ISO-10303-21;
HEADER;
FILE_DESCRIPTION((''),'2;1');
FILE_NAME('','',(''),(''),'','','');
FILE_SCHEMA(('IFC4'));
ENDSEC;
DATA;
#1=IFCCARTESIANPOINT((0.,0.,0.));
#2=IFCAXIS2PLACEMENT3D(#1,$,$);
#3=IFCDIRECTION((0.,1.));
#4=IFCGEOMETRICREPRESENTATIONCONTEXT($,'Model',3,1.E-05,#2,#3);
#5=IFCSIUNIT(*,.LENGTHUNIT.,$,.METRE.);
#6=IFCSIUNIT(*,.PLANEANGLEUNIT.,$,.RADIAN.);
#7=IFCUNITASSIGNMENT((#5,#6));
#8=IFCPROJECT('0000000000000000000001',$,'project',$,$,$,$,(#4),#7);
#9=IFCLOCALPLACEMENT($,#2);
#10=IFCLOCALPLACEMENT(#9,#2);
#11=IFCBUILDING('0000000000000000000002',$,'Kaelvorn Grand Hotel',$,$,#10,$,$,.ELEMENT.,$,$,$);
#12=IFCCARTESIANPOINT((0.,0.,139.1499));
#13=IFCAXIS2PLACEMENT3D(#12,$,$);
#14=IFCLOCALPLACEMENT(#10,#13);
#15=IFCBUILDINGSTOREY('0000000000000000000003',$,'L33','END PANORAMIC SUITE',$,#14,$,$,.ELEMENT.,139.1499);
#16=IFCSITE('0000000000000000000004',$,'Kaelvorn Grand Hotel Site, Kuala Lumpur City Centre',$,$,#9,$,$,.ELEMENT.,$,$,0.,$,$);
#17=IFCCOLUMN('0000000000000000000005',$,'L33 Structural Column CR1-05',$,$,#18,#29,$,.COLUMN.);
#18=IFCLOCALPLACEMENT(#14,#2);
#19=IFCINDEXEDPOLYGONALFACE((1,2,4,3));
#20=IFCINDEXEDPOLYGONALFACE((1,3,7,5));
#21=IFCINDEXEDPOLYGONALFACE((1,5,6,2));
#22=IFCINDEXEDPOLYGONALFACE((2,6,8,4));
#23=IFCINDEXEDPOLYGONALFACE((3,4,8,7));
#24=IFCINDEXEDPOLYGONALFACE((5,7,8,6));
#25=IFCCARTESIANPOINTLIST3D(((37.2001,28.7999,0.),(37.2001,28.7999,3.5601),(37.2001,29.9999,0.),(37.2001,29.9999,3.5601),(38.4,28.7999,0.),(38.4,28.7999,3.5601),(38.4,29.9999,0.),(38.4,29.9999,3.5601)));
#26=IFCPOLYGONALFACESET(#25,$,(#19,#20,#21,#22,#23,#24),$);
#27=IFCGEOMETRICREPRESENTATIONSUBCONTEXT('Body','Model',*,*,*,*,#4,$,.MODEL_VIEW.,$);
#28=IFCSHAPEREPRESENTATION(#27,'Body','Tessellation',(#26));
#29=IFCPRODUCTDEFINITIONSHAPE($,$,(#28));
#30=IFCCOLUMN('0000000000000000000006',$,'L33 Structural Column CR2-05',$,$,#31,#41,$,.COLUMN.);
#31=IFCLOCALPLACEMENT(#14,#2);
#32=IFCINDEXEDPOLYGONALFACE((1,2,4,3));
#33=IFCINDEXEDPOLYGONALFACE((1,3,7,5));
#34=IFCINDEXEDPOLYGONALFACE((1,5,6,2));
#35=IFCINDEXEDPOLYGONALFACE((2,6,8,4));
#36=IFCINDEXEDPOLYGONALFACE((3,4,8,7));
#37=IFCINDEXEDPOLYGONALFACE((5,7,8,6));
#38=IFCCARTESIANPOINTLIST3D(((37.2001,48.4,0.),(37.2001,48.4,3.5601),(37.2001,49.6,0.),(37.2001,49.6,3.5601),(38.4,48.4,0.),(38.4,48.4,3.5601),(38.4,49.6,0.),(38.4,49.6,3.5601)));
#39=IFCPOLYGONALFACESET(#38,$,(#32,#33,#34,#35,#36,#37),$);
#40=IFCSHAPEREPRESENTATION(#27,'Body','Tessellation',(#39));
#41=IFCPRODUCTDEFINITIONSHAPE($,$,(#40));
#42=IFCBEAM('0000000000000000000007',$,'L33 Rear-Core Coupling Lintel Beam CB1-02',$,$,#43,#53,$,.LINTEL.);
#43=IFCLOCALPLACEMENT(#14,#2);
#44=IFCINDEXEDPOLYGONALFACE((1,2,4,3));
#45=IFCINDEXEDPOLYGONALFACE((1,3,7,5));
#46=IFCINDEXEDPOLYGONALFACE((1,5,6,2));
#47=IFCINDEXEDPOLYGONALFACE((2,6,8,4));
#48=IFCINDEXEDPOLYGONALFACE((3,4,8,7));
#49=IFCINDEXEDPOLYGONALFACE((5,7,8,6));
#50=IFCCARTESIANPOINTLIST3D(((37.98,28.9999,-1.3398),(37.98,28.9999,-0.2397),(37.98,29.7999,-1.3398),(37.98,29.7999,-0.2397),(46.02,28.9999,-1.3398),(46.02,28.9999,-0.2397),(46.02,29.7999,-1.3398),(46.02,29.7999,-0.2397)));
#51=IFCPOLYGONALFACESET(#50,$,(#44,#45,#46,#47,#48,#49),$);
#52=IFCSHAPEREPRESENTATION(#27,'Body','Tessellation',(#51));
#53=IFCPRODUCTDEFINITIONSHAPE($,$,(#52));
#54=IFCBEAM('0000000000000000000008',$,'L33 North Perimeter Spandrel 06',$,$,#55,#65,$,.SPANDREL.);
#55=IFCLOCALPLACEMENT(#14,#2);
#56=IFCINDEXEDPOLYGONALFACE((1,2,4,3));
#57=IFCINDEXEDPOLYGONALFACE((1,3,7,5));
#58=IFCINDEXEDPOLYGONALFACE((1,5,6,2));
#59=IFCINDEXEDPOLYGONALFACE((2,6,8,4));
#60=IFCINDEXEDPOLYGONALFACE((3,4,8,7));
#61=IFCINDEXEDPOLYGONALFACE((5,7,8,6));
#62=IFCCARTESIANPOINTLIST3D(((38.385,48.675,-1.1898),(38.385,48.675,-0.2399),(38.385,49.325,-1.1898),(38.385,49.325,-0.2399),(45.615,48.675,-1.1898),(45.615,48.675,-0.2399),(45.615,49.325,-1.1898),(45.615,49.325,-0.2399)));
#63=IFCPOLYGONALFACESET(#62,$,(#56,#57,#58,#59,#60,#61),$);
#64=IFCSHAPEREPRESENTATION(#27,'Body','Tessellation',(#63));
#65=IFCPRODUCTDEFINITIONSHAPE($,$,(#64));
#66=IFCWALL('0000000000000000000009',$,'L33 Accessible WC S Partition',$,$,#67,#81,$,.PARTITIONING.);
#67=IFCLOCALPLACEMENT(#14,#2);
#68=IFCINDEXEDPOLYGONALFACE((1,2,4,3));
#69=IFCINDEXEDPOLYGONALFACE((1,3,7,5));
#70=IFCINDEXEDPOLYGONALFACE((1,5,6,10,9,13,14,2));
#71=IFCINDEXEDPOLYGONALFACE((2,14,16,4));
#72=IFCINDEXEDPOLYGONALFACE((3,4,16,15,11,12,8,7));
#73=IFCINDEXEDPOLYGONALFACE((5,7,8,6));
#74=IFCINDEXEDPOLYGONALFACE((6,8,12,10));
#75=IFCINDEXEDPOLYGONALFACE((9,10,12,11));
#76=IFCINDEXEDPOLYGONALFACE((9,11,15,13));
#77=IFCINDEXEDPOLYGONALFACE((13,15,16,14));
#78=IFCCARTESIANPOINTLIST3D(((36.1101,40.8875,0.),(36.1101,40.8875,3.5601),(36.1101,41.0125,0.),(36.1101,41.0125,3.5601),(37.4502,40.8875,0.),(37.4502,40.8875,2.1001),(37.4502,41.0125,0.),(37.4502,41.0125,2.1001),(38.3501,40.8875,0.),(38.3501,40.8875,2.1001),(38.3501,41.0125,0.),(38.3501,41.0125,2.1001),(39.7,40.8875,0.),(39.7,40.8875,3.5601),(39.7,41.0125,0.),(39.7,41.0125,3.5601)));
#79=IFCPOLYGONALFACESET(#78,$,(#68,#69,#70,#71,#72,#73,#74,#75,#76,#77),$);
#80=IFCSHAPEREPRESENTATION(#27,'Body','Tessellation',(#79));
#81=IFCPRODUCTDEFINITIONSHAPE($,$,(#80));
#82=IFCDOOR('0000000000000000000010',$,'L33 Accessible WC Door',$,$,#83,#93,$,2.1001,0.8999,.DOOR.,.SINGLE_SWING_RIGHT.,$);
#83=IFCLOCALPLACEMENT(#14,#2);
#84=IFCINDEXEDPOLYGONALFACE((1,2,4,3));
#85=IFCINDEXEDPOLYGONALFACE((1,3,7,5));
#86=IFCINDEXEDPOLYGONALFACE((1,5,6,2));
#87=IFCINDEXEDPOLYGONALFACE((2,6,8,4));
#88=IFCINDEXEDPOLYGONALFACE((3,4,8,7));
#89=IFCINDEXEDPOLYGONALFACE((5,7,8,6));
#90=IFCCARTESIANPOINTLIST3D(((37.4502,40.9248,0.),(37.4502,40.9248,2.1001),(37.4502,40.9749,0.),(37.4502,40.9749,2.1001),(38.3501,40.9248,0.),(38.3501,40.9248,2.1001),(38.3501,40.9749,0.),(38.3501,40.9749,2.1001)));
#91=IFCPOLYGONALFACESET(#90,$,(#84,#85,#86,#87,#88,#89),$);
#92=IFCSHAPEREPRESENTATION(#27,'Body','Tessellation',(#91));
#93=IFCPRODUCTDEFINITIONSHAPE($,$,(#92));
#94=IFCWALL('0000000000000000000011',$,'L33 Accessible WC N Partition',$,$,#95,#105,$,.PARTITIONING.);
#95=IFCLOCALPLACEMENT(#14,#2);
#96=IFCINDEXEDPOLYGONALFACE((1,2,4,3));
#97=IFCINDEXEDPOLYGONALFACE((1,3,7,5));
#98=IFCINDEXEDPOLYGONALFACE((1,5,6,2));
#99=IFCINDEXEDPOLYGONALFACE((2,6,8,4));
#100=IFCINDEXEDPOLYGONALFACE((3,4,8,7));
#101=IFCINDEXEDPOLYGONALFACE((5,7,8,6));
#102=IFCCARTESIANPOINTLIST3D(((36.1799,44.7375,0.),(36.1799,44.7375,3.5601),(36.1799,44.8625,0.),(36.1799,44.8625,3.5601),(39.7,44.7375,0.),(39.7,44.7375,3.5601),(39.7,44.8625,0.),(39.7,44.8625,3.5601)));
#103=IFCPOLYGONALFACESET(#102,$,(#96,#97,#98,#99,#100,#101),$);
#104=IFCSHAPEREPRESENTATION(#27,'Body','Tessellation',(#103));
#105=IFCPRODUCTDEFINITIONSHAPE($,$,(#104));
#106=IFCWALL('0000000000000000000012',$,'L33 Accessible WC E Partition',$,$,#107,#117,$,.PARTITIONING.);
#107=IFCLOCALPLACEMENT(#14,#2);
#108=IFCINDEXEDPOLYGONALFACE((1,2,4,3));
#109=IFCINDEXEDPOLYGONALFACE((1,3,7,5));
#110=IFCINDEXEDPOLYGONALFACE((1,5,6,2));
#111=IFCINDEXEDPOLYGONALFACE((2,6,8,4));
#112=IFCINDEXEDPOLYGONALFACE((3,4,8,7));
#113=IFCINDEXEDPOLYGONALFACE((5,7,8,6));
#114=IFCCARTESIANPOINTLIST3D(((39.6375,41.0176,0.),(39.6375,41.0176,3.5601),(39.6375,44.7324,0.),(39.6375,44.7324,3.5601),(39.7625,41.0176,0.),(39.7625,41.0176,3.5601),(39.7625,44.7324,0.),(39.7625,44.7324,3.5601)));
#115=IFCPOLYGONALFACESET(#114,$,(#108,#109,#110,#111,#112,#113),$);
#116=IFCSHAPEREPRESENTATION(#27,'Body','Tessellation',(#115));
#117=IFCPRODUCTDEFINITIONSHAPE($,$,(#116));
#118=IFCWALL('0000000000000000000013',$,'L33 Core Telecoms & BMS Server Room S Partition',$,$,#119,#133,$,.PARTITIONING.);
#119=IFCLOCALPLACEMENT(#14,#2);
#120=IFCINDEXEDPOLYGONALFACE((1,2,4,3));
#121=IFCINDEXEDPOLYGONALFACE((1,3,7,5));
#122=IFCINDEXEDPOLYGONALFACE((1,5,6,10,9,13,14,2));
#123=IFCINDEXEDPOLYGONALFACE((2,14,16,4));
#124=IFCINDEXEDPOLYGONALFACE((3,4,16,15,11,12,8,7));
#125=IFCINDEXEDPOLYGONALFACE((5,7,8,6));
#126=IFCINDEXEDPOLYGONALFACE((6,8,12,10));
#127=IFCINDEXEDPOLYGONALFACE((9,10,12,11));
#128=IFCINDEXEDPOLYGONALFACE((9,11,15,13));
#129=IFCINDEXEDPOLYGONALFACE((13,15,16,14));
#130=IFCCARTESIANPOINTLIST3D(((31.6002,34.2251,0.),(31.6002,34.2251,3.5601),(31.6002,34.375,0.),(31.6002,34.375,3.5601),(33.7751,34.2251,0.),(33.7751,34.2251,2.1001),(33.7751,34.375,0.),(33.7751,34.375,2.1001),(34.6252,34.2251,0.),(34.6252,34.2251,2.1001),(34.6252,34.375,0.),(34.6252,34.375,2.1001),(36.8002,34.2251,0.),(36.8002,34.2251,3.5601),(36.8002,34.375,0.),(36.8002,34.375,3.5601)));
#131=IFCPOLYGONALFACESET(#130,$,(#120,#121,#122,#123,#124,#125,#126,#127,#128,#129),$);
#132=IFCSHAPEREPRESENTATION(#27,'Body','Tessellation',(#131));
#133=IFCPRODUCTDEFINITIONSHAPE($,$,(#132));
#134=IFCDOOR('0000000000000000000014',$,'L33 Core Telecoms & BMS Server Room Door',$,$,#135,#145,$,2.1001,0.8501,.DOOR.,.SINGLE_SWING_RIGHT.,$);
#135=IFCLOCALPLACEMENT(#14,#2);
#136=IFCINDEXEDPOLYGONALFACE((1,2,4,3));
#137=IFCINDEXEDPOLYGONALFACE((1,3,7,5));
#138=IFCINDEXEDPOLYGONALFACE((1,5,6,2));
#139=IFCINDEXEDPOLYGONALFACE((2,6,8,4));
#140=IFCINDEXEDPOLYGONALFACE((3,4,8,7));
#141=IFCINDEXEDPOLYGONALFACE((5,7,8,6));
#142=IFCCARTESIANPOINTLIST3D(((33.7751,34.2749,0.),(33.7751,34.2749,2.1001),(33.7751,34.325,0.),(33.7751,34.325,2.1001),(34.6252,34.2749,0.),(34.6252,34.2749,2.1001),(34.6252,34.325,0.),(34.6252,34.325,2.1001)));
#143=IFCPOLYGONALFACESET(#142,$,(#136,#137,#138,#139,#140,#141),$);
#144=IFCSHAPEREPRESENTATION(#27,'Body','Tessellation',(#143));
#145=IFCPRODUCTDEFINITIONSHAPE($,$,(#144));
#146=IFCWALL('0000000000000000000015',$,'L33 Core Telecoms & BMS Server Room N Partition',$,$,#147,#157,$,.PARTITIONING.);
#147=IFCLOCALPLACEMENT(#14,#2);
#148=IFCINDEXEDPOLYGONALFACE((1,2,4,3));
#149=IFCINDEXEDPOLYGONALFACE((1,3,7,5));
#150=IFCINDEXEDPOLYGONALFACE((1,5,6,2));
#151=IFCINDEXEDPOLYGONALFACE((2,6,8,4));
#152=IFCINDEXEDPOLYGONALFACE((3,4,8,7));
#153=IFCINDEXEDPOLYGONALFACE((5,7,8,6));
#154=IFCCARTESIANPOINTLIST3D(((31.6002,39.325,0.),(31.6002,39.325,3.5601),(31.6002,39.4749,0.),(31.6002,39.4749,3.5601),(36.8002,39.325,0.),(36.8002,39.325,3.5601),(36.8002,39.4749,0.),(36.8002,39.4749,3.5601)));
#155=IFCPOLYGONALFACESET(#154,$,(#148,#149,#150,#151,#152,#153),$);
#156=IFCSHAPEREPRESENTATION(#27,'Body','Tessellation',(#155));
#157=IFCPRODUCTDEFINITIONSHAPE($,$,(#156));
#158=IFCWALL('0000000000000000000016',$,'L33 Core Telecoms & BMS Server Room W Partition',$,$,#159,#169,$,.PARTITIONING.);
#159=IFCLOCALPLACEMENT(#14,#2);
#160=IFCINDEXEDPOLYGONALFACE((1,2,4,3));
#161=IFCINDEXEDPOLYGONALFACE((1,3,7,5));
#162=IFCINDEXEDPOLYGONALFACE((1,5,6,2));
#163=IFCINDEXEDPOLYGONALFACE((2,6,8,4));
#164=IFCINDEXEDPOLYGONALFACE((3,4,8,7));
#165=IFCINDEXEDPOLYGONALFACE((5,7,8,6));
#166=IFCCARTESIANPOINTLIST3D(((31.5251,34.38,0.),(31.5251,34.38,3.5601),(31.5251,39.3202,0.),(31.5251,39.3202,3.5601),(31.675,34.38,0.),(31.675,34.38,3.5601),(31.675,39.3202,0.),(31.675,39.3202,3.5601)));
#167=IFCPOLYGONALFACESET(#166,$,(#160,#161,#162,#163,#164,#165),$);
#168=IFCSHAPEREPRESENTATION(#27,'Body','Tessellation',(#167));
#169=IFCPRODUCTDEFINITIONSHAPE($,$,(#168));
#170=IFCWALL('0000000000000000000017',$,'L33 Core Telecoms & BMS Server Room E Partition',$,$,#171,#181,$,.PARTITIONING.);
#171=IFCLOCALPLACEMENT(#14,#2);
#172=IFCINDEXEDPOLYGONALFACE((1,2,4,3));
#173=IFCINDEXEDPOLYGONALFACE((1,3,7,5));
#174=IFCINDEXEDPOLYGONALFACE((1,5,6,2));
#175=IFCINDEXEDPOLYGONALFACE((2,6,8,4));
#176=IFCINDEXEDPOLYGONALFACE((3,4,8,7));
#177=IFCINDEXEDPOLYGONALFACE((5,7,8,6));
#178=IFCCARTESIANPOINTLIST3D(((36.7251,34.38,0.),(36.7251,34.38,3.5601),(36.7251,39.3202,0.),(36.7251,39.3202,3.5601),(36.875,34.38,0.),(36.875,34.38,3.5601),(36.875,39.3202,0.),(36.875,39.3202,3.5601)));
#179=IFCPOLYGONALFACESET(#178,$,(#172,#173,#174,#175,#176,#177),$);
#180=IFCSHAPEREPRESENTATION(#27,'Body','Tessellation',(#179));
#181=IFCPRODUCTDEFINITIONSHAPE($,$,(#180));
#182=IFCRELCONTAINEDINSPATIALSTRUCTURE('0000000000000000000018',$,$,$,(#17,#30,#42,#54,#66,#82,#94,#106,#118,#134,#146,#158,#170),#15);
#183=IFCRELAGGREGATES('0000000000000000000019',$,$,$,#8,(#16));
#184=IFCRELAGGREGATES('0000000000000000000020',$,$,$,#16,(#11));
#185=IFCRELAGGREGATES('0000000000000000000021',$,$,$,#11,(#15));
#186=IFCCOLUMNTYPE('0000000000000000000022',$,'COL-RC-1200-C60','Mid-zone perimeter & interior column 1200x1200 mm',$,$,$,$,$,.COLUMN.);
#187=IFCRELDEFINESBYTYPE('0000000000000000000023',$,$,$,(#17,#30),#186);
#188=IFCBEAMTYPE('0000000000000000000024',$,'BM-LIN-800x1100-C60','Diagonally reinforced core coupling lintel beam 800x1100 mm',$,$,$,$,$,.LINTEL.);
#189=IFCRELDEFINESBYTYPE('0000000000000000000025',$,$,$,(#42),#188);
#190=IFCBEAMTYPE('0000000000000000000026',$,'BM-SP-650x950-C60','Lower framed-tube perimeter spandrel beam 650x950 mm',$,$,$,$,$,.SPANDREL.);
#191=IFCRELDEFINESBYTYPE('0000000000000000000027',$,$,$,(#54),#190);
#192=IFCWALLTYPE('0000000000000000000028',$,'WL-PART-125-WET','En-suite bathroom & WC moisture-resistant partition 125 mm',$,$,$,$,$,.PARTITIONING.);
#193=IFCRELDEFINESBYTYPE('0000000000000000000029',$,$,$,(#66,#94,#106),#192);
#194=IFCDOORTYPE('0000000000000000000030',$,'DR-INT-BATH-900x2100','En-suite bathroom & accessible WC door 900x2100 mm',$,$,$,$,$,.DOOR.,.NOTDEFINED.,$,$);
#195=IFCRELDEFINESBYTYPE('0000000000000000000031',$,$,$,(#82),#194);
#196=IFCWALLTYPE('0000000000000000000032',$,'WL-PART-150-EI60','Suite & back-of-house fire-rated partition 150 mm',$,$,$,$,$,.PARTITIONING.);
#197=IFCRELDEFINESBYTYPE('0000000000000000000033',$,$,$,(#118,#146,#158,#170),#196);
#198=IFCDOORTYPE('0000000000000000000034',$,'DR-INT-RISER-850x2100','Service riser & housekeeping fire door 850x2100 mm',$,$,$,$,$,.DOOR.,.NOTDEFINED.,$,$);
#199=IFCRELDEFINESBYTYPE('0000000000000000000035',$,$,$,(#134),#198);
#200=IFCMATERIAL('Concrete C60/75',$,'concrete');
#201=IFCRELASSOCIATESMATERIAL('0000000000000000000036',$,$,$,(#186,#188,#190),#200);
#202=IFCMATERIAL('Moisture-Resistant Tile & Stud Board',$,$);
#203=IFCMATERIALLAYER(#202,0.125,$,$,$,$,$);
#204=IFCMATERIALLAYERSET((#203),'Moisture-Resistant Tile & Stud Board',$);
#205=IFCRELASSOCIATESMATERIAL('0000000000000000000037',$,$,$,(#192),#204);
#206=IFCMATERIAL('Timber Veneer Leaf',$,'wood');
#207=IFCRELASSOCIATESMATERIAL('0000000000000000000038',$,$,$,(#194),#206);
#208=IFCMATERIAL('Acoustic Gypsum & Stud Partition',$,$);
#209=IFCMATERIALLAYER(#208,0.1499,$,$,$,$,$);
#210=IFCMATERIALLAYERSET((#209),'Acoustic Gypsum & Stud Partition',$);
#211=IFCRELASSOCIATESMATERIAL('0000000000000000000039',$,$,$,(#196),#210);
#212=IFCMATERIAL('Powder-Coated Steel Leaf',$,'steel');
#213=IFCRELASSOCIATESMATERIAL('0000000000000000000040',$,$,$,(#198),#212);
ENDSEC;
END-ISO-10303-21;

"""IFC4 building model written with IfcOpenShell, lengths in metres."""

from ifc_helpers import new_model, si_unit, direction, frame, frame_2d, origin, origin_2d, place, context, subcontext, project, spatial, rectangle, extrude, material, layer, layer_set, material_profile, profile_set, type_object, element, fill, save


model = new_model("IFC4")

# Units and contexts
model_context = context("Model", 3, precision=1e-05, world=origin(), true_north=direction((0.0, 1.0)))
body_context = subcontext(model_context, "Body", "Model", "MODEL_VIEW")
ifc_project = project(units=[si_unit("LENGTHUNIT", "METRE"), si_unit("PLANEANGLEUNIT", "RADIAN")], contexts=[model_context])

# Site, building, storey
site_placement = place(None, origin())
site = spatial("IfcSite", under=ifc_project, at=site_placement, Name="Kaelvorn Grand Hotel Site, Kuala Lumpur City Centre", CompositionType="ELEMENT", RefElevation=0.0)
building_placement = place(site_placement, origin())
building = spatial("IfcBuilding", under=site, at=building_placement, Name="Kaelvorn Grand Hotel", CompositionType="ELEMENT")
storey_placement = place(building_placement, frame((0.0, 0.0, 139.1499)))
storey = spatial("IfcBuildingStorey", under=building, at=storey_placement, Name="L33", Description="END PANORAMIC SUITE", CompositionType="ELEMENT", Elevation=139.1499)

# Columns
ifc_material_1 = material(Name="Concrete C60/75", Category="concrete")
ifc_material_profile_1 = material_profile(ifc_material_1, rectangle(XDim=1.2, YDim=1.2, at=origin_2d()), Name="RC COL 1200x1200")
ifc_profile_set_1 = profile_set([ifc_material_profile_1], Name="Concrete C60/75")
column_type = type_object("IfcColumnType", Name="COL-RC-1200-C60", Description="Mid-zone perimeter & interior column 1200x1200 mm", PredefinedType="COLUMN", material=ifc_profile_set_1)
for number, where, z_axis, x_axis, name in (
    (1, (37.8, 29.3999, 0.0), (0.0, 0.0, 1.0), (1.0, 0.0, 0.0), "L33 Structural Column CR1-05"),
    (2, (37.8, 49.0, 0.0), (0.0, 0.0, 1.0), (1.0, 0.0, 0.0), "L33 Structural Column CR2-05"),
):
    element("IfcColumn", number, at=place(storey_placement, frame(where, z_axis=z_axis, x_axis=x_axis)), inside=storey, type_object=column_type, Name=name, PredefinedType="COLUMN", context=body_context, shape_type="SweptSolid", body=[
        extrude(rectangle(XDim=1.2, YDim=1.2, at=origin_2d()), origin(), (0.0, 0.0, 1.0), 3.5601),
    ])

# Beams
ifc_material_profile_2 = material_profile(ifc_material_1, rectangle(XDim=0.8, YDim=1.1001, at=origin_2d()), Name="RC LINTEL 800x1100")
ifc_profile_set_2 = profile_set([ifc_material_profile_2], Name="Concrete C60/75")
beam_type_1 = type_object("IfcBeamType", Name="BM-LIN-800x1100-C60", Description="Diagonally reinforced core coupling lintel beam 800x1100 mm", PredefinedType="LINTEL", material=ifc_profile_set_2)
beam_1_placement = place(storey_placement, frame((37.98, 29.3999, -0.7898), z_axis=(1.0, 0.0, 0.0), x_axis=(0.0, 1.0, 0.0)))
element("IfcBeam", 3, at=beam_1_placement, inside=storey, type_object=beam_type_1, Name="L33 Rear-Core Coupling Lintel Beam CB1-02", PredefinedType="LINTEL", context=body_context, shape_type="SweptSolid", body=[
    extrude(rectangle(XDim=0.8, YDim=1.1001, at=origin_2d()), origin(), (0.0, 0.0, 1.0), 8.04),
])
ifc_material_profile_3 = material_profile(ifc_material_1, rectangle(XDim=0.6499, YDim=0.95, at=origin_2d()), Name="RC SPANDREL 650x950")
ifc_profile_set_3 = profile_set([ifc_material_profile_3], Name="Concrete C60/75")
beam_type_2 = type_object("IfcBeamType", Name="BM-SP-650x950-C60", Description="Lower framed-tube perimeter spandrel beam 650x950 mm", PredefinedType="SPANDREL", material=ifc_profile_set_3)
beam_2_placement = place(storey_placement, frame((38.385, 49.0, -0.7148), z_axis=(1.0, 0.0, 0.0), x_axis=(0.0, 1.0, 0.0)))
element("IfcBeam", 4, at=beam_2_placement, inside=storey, type_object=beam_type_2, Name="L33 North Perimeter Spandrel 06", PredefinedType="SPANDREL", context=body_context, shape_type="SweptSolid", body=[
    extrude(rectangle(XDim=0.6499, YDim=0.95, at=origin_2d()), origin(), (0.0, 0.0, 1.0), 7.23),
])

# Wall, opening, door
ifc_material_2 = material(Name="Moisture-Resistant Tile & Stud Board")
ifc_layer_1 = layer(ifc_material_2, 0.125)
ifc_layer_set_1 = layer_set([ifc_layer_1], Name="Moisture-Resistant Tile & Stud Board")
wall_type_1 = type_object("IfcWallType", Name="WL-PART-125-WET", Description="En-suite bathroom & WC moisture-resistant partition 125 mm", PredefinedType="PARTITIONING", material=ifc_layer_set_1)
wall_1_placement = place(storey_placement, frame((36.1101, 40.95, 0.0), z_axis=(0.0, 0.0, 1.0), x_axis=(1.0, 0.0, 0.0)))
wall_1 = element("IfcWall", 5, at=wall_1_placement, inside=storey, type_object=wall_type_1, Name="L33 Accessible WC S Partition", PredefinedType="PARTITIONING", context=body_context, shape_type="SweptSolid", body=[
    extrude(rectangle(XDim=3.5898, YDim=0.125, at=frame_2d((1.7949, 0.0))), origin(), (0.0, 0.0, 1.0), 3.5601),
])
opening_1_placement = place(wall_1_placement, frame((1.3401, 0.0, 0.0)))
opening_1 = element("IfcOpeningElement", 6, at=opening_1_placement, cuts=wall_1, PredefinedType="OPENING", context=body_context, shape_type="SweptSolid", body=[
    extrude(rectangle(XDim=0.8999, YDim=2.1001, at=frame_2d((0.45, 1.05))), frame((0.0, 0.0725, 0.0), z_axis=(0.0, -1.0, 0.0), x_axis=(1.0, 0.0, 0.0)), (0.0, 0.0, 1.0), 0.145),
])
ifc_material_3 = material(Name="Timber Veneer Leaf", Category="wood")
door_type_1 = type_object("IfcDoorType", Name="DR-INT-BATH-900x2100", Description="En-suite bathroom & accessible WC door 900x2100 mm", OperationType="NOTDEFINED", PredefinedType="DOOR", material=ifc_material_3)
door_1_placement = place(opening_1_placement, origin())
door_1 = element("IfcDoor", 7, at=door_1_placement, inside=storey, type_object=door_type_1, Name="L33 Accessible WC Door", OperationType="SINGLE_SWING_RIGHT", OverallHeight=2.1001, OverallWidth=0.8999, PredefinedType="DOOR", context=body_context, shape_type="SweptSolid", body=[
    extrude(rectangle(XDim=0.8999, YDim=2.1001, at=frame_2d((0.45, 1.05))), frame((0.0, 0.0249, 0.0), z_axis=(0.0, -1.0, 0.0), x_axis=(1.0, 0.0, 0.0)), (0.0, 0.0, 1.0), 0.05),
])
fill(opening_1, door_1)

# Walls
wall_2_placement = place(storey_placement, frame((36.1799, 44.8, 0.0), z_axis=(0.0, 0.0, 1.0), x_axis=(1.0, 0.0, 0.0)))
element("IfcWall", 8, at=wall_2_placement, inside=storey, type_object=wall_type_1, Name="L33 Accessible WC N Partition", PredefinedType="PARTITIONING", context=body_context, shape_type="SweptSolid", body=[
    extrude(rectangle(XDim=3.52, YDim=0.125, at=frame_2d((1.76, 0.0))), origin(), (0.0, 0.0, 1.0), 3.5601),
])
wall_3_placement = place(storey_placement, frame((39.7, 41.0176, 0.0), z_axis=(0.0, 0.0, 1.0), x_axis=(0.0, 1.0, 0.0)))
element("IfcWall", 9, at=wall_3_placement, inside=storey, type_object=wall_type_1, Name="L33 Accessible WC E Partition", PredefinedType="PARTITIONING", context=body_context, shape_type="SweptSolid", body=[
    extrude(rectangle(XDim=3.7148, YDim=0.125, at=frame_2d((1.8574, 0.0))), origin(), (0.0, 0.0, 1.0), 3.5601),
])

# Wall, opening, door
ifc_material_4 = material(Name="Acoustic Gypsum & Stud Partition")
ifc_layer_2 = layer(ifc_material_4, 0.1499)
ifc_layer_set_2 = layer_set([ifc_layer_2], Name="Acoustic Gypsum & Stud Partition")
wall_type_2 = type_object("IfcWallType", Name="WL-PART-150-EI60", Description="Suite & back-of-house fire-rated partition 150 mm", PredefinedType="PARTITIONING", material=ifc_layer_set_2)
wall_4_placement = place(storey_placement, frame((31.6001, 34.3, 0.0), z_axis=(0.0, 0.0, 1.0), x_axis=(1.0, 0.0, 0.0)))
wall_4 = element("IfcWall", 10, at=wall_4_placement, inside=storey, type_object=wall_type_2, Name="L33 Core Telecoms & BMS Server Room S Partition", PredefinedType="PARTITIONING", context=body_context, shape_type="SweptSolid", body=[
    extrude(rectangle(XDim=5.2, YDim=0.1499, at=frame_2d((2.6001, 0.0))), origin(), (0.0, 0.0, 1.0), 3.5601),
])
opening_2_placement = place(wall_4_placement, frame((2.175, 0.0, 0.0)))
opening_2 = element("IfcOpeningElement", 11, at=opening_2_placement, cuts=wall_4, PredefinedType="OPENING", context=body_context, shape_type="SweptSolid", body=[
    extrude(rectangle(XDim=0.8501, YDim=2.1001, at=frame_2d((0.425, 1.05))), frame((0.0, 0.085, 0.0), z_axis=(0.0, -1.0, 0.0), x_axis=(1.0, 0.0, 0.0)), (0.0, 0.0, 1.0), 0.1699),
])
ifc_material_5 = material(Name="Powder-Coated Steel Leaf", Category="steel")
door_type_2 = type_object("IfcDoorType", Name="DR-INT-RISER-850x2100", Description="Service riser & housekeeping fire door 850x2100 mm", OperationType="NOTDEFINED", PredefinedType="DOOR", material=ifc_material_5)
door_2_placement = place(opening_2_placement, origin())
door_2 = element("IfcDoor", 12, at=door_2_placement, inside=storey, type_object=door_type_2, Name="L33 Core Telecoms & BMS Server Room Door", OperationType="SINGLE_SWING_RIGHT", OverallHeight=2.1001, OverallWidth=0.8501, PredefinedType="DOOR", context=body_context, shape_type="SweptSolid", body=[
    extrude(rectangle(XDim=0.8501, YDim=2.1001, at=frame_2d((0.425, 1.05))), frame((0.0, 0.0249, 0.0), z_axis=(0.0, -1.0, 0.0), x_axis=(1.0, 0.0, 0.0)), (0.0, 0.0, 1.0), 0.05),
])
fill(opening_2, door_2)

# Walls
wall_5_placement = place(storey_placement, frame((31.6001, 39.3999, 0.0), z_axis=(0.0, 0.0, 1.0), x_axis=(1.0, 0.0, 0.0)))
element("IfcWall", 13, at=wall_5_placement, inside=storey, type_object=wall_type_2, Name="L33 Core Telecoms & BMS Server Room N Partition", PredefinedType="PARTITIONING", context=body_context, shape_type="SweptSolid", body=[
    extrude(rectangle(XDim=5.2, YDim=0.1499, at=frame_2d((2.6001, 0.0))), origin(), (0.0, 0.0, 1.0), 3.5601),
])
for number, where, z_axis, x_axis, name in (
    (14, (31.6001, 34.3799, 0.0), (0.0, 0.0, 1.0), (0.0, 1.0, 0.0), "L33 Core Telecoms & BMS Server Room W Partition"),
    (15, (36.8, 34.3799, 0.0), (0.0, 0.0, 1.0), (0.0, 1.0, 0.0), "L33 Core Telecoms & BMS Server Room E Partition"),
):
    element("IfcWall", number, at=place(storey_placement, frame(where, z_axis=z_axis, x_axis=x_axis)), inside=storey, type_object=wall_type_2, Name=name, PredefinedType="PARTITIONING", context=body_context, shape_type="SweptSolid", body=[
        extrude(rectangle(XDim=4.9402, YDim=0.1499, at=frame_2d((2.4702, 0.0))), origin(), (0.0, 0.0, 1.0), 3.5601),
    ])

save(model, "model.ifc")
